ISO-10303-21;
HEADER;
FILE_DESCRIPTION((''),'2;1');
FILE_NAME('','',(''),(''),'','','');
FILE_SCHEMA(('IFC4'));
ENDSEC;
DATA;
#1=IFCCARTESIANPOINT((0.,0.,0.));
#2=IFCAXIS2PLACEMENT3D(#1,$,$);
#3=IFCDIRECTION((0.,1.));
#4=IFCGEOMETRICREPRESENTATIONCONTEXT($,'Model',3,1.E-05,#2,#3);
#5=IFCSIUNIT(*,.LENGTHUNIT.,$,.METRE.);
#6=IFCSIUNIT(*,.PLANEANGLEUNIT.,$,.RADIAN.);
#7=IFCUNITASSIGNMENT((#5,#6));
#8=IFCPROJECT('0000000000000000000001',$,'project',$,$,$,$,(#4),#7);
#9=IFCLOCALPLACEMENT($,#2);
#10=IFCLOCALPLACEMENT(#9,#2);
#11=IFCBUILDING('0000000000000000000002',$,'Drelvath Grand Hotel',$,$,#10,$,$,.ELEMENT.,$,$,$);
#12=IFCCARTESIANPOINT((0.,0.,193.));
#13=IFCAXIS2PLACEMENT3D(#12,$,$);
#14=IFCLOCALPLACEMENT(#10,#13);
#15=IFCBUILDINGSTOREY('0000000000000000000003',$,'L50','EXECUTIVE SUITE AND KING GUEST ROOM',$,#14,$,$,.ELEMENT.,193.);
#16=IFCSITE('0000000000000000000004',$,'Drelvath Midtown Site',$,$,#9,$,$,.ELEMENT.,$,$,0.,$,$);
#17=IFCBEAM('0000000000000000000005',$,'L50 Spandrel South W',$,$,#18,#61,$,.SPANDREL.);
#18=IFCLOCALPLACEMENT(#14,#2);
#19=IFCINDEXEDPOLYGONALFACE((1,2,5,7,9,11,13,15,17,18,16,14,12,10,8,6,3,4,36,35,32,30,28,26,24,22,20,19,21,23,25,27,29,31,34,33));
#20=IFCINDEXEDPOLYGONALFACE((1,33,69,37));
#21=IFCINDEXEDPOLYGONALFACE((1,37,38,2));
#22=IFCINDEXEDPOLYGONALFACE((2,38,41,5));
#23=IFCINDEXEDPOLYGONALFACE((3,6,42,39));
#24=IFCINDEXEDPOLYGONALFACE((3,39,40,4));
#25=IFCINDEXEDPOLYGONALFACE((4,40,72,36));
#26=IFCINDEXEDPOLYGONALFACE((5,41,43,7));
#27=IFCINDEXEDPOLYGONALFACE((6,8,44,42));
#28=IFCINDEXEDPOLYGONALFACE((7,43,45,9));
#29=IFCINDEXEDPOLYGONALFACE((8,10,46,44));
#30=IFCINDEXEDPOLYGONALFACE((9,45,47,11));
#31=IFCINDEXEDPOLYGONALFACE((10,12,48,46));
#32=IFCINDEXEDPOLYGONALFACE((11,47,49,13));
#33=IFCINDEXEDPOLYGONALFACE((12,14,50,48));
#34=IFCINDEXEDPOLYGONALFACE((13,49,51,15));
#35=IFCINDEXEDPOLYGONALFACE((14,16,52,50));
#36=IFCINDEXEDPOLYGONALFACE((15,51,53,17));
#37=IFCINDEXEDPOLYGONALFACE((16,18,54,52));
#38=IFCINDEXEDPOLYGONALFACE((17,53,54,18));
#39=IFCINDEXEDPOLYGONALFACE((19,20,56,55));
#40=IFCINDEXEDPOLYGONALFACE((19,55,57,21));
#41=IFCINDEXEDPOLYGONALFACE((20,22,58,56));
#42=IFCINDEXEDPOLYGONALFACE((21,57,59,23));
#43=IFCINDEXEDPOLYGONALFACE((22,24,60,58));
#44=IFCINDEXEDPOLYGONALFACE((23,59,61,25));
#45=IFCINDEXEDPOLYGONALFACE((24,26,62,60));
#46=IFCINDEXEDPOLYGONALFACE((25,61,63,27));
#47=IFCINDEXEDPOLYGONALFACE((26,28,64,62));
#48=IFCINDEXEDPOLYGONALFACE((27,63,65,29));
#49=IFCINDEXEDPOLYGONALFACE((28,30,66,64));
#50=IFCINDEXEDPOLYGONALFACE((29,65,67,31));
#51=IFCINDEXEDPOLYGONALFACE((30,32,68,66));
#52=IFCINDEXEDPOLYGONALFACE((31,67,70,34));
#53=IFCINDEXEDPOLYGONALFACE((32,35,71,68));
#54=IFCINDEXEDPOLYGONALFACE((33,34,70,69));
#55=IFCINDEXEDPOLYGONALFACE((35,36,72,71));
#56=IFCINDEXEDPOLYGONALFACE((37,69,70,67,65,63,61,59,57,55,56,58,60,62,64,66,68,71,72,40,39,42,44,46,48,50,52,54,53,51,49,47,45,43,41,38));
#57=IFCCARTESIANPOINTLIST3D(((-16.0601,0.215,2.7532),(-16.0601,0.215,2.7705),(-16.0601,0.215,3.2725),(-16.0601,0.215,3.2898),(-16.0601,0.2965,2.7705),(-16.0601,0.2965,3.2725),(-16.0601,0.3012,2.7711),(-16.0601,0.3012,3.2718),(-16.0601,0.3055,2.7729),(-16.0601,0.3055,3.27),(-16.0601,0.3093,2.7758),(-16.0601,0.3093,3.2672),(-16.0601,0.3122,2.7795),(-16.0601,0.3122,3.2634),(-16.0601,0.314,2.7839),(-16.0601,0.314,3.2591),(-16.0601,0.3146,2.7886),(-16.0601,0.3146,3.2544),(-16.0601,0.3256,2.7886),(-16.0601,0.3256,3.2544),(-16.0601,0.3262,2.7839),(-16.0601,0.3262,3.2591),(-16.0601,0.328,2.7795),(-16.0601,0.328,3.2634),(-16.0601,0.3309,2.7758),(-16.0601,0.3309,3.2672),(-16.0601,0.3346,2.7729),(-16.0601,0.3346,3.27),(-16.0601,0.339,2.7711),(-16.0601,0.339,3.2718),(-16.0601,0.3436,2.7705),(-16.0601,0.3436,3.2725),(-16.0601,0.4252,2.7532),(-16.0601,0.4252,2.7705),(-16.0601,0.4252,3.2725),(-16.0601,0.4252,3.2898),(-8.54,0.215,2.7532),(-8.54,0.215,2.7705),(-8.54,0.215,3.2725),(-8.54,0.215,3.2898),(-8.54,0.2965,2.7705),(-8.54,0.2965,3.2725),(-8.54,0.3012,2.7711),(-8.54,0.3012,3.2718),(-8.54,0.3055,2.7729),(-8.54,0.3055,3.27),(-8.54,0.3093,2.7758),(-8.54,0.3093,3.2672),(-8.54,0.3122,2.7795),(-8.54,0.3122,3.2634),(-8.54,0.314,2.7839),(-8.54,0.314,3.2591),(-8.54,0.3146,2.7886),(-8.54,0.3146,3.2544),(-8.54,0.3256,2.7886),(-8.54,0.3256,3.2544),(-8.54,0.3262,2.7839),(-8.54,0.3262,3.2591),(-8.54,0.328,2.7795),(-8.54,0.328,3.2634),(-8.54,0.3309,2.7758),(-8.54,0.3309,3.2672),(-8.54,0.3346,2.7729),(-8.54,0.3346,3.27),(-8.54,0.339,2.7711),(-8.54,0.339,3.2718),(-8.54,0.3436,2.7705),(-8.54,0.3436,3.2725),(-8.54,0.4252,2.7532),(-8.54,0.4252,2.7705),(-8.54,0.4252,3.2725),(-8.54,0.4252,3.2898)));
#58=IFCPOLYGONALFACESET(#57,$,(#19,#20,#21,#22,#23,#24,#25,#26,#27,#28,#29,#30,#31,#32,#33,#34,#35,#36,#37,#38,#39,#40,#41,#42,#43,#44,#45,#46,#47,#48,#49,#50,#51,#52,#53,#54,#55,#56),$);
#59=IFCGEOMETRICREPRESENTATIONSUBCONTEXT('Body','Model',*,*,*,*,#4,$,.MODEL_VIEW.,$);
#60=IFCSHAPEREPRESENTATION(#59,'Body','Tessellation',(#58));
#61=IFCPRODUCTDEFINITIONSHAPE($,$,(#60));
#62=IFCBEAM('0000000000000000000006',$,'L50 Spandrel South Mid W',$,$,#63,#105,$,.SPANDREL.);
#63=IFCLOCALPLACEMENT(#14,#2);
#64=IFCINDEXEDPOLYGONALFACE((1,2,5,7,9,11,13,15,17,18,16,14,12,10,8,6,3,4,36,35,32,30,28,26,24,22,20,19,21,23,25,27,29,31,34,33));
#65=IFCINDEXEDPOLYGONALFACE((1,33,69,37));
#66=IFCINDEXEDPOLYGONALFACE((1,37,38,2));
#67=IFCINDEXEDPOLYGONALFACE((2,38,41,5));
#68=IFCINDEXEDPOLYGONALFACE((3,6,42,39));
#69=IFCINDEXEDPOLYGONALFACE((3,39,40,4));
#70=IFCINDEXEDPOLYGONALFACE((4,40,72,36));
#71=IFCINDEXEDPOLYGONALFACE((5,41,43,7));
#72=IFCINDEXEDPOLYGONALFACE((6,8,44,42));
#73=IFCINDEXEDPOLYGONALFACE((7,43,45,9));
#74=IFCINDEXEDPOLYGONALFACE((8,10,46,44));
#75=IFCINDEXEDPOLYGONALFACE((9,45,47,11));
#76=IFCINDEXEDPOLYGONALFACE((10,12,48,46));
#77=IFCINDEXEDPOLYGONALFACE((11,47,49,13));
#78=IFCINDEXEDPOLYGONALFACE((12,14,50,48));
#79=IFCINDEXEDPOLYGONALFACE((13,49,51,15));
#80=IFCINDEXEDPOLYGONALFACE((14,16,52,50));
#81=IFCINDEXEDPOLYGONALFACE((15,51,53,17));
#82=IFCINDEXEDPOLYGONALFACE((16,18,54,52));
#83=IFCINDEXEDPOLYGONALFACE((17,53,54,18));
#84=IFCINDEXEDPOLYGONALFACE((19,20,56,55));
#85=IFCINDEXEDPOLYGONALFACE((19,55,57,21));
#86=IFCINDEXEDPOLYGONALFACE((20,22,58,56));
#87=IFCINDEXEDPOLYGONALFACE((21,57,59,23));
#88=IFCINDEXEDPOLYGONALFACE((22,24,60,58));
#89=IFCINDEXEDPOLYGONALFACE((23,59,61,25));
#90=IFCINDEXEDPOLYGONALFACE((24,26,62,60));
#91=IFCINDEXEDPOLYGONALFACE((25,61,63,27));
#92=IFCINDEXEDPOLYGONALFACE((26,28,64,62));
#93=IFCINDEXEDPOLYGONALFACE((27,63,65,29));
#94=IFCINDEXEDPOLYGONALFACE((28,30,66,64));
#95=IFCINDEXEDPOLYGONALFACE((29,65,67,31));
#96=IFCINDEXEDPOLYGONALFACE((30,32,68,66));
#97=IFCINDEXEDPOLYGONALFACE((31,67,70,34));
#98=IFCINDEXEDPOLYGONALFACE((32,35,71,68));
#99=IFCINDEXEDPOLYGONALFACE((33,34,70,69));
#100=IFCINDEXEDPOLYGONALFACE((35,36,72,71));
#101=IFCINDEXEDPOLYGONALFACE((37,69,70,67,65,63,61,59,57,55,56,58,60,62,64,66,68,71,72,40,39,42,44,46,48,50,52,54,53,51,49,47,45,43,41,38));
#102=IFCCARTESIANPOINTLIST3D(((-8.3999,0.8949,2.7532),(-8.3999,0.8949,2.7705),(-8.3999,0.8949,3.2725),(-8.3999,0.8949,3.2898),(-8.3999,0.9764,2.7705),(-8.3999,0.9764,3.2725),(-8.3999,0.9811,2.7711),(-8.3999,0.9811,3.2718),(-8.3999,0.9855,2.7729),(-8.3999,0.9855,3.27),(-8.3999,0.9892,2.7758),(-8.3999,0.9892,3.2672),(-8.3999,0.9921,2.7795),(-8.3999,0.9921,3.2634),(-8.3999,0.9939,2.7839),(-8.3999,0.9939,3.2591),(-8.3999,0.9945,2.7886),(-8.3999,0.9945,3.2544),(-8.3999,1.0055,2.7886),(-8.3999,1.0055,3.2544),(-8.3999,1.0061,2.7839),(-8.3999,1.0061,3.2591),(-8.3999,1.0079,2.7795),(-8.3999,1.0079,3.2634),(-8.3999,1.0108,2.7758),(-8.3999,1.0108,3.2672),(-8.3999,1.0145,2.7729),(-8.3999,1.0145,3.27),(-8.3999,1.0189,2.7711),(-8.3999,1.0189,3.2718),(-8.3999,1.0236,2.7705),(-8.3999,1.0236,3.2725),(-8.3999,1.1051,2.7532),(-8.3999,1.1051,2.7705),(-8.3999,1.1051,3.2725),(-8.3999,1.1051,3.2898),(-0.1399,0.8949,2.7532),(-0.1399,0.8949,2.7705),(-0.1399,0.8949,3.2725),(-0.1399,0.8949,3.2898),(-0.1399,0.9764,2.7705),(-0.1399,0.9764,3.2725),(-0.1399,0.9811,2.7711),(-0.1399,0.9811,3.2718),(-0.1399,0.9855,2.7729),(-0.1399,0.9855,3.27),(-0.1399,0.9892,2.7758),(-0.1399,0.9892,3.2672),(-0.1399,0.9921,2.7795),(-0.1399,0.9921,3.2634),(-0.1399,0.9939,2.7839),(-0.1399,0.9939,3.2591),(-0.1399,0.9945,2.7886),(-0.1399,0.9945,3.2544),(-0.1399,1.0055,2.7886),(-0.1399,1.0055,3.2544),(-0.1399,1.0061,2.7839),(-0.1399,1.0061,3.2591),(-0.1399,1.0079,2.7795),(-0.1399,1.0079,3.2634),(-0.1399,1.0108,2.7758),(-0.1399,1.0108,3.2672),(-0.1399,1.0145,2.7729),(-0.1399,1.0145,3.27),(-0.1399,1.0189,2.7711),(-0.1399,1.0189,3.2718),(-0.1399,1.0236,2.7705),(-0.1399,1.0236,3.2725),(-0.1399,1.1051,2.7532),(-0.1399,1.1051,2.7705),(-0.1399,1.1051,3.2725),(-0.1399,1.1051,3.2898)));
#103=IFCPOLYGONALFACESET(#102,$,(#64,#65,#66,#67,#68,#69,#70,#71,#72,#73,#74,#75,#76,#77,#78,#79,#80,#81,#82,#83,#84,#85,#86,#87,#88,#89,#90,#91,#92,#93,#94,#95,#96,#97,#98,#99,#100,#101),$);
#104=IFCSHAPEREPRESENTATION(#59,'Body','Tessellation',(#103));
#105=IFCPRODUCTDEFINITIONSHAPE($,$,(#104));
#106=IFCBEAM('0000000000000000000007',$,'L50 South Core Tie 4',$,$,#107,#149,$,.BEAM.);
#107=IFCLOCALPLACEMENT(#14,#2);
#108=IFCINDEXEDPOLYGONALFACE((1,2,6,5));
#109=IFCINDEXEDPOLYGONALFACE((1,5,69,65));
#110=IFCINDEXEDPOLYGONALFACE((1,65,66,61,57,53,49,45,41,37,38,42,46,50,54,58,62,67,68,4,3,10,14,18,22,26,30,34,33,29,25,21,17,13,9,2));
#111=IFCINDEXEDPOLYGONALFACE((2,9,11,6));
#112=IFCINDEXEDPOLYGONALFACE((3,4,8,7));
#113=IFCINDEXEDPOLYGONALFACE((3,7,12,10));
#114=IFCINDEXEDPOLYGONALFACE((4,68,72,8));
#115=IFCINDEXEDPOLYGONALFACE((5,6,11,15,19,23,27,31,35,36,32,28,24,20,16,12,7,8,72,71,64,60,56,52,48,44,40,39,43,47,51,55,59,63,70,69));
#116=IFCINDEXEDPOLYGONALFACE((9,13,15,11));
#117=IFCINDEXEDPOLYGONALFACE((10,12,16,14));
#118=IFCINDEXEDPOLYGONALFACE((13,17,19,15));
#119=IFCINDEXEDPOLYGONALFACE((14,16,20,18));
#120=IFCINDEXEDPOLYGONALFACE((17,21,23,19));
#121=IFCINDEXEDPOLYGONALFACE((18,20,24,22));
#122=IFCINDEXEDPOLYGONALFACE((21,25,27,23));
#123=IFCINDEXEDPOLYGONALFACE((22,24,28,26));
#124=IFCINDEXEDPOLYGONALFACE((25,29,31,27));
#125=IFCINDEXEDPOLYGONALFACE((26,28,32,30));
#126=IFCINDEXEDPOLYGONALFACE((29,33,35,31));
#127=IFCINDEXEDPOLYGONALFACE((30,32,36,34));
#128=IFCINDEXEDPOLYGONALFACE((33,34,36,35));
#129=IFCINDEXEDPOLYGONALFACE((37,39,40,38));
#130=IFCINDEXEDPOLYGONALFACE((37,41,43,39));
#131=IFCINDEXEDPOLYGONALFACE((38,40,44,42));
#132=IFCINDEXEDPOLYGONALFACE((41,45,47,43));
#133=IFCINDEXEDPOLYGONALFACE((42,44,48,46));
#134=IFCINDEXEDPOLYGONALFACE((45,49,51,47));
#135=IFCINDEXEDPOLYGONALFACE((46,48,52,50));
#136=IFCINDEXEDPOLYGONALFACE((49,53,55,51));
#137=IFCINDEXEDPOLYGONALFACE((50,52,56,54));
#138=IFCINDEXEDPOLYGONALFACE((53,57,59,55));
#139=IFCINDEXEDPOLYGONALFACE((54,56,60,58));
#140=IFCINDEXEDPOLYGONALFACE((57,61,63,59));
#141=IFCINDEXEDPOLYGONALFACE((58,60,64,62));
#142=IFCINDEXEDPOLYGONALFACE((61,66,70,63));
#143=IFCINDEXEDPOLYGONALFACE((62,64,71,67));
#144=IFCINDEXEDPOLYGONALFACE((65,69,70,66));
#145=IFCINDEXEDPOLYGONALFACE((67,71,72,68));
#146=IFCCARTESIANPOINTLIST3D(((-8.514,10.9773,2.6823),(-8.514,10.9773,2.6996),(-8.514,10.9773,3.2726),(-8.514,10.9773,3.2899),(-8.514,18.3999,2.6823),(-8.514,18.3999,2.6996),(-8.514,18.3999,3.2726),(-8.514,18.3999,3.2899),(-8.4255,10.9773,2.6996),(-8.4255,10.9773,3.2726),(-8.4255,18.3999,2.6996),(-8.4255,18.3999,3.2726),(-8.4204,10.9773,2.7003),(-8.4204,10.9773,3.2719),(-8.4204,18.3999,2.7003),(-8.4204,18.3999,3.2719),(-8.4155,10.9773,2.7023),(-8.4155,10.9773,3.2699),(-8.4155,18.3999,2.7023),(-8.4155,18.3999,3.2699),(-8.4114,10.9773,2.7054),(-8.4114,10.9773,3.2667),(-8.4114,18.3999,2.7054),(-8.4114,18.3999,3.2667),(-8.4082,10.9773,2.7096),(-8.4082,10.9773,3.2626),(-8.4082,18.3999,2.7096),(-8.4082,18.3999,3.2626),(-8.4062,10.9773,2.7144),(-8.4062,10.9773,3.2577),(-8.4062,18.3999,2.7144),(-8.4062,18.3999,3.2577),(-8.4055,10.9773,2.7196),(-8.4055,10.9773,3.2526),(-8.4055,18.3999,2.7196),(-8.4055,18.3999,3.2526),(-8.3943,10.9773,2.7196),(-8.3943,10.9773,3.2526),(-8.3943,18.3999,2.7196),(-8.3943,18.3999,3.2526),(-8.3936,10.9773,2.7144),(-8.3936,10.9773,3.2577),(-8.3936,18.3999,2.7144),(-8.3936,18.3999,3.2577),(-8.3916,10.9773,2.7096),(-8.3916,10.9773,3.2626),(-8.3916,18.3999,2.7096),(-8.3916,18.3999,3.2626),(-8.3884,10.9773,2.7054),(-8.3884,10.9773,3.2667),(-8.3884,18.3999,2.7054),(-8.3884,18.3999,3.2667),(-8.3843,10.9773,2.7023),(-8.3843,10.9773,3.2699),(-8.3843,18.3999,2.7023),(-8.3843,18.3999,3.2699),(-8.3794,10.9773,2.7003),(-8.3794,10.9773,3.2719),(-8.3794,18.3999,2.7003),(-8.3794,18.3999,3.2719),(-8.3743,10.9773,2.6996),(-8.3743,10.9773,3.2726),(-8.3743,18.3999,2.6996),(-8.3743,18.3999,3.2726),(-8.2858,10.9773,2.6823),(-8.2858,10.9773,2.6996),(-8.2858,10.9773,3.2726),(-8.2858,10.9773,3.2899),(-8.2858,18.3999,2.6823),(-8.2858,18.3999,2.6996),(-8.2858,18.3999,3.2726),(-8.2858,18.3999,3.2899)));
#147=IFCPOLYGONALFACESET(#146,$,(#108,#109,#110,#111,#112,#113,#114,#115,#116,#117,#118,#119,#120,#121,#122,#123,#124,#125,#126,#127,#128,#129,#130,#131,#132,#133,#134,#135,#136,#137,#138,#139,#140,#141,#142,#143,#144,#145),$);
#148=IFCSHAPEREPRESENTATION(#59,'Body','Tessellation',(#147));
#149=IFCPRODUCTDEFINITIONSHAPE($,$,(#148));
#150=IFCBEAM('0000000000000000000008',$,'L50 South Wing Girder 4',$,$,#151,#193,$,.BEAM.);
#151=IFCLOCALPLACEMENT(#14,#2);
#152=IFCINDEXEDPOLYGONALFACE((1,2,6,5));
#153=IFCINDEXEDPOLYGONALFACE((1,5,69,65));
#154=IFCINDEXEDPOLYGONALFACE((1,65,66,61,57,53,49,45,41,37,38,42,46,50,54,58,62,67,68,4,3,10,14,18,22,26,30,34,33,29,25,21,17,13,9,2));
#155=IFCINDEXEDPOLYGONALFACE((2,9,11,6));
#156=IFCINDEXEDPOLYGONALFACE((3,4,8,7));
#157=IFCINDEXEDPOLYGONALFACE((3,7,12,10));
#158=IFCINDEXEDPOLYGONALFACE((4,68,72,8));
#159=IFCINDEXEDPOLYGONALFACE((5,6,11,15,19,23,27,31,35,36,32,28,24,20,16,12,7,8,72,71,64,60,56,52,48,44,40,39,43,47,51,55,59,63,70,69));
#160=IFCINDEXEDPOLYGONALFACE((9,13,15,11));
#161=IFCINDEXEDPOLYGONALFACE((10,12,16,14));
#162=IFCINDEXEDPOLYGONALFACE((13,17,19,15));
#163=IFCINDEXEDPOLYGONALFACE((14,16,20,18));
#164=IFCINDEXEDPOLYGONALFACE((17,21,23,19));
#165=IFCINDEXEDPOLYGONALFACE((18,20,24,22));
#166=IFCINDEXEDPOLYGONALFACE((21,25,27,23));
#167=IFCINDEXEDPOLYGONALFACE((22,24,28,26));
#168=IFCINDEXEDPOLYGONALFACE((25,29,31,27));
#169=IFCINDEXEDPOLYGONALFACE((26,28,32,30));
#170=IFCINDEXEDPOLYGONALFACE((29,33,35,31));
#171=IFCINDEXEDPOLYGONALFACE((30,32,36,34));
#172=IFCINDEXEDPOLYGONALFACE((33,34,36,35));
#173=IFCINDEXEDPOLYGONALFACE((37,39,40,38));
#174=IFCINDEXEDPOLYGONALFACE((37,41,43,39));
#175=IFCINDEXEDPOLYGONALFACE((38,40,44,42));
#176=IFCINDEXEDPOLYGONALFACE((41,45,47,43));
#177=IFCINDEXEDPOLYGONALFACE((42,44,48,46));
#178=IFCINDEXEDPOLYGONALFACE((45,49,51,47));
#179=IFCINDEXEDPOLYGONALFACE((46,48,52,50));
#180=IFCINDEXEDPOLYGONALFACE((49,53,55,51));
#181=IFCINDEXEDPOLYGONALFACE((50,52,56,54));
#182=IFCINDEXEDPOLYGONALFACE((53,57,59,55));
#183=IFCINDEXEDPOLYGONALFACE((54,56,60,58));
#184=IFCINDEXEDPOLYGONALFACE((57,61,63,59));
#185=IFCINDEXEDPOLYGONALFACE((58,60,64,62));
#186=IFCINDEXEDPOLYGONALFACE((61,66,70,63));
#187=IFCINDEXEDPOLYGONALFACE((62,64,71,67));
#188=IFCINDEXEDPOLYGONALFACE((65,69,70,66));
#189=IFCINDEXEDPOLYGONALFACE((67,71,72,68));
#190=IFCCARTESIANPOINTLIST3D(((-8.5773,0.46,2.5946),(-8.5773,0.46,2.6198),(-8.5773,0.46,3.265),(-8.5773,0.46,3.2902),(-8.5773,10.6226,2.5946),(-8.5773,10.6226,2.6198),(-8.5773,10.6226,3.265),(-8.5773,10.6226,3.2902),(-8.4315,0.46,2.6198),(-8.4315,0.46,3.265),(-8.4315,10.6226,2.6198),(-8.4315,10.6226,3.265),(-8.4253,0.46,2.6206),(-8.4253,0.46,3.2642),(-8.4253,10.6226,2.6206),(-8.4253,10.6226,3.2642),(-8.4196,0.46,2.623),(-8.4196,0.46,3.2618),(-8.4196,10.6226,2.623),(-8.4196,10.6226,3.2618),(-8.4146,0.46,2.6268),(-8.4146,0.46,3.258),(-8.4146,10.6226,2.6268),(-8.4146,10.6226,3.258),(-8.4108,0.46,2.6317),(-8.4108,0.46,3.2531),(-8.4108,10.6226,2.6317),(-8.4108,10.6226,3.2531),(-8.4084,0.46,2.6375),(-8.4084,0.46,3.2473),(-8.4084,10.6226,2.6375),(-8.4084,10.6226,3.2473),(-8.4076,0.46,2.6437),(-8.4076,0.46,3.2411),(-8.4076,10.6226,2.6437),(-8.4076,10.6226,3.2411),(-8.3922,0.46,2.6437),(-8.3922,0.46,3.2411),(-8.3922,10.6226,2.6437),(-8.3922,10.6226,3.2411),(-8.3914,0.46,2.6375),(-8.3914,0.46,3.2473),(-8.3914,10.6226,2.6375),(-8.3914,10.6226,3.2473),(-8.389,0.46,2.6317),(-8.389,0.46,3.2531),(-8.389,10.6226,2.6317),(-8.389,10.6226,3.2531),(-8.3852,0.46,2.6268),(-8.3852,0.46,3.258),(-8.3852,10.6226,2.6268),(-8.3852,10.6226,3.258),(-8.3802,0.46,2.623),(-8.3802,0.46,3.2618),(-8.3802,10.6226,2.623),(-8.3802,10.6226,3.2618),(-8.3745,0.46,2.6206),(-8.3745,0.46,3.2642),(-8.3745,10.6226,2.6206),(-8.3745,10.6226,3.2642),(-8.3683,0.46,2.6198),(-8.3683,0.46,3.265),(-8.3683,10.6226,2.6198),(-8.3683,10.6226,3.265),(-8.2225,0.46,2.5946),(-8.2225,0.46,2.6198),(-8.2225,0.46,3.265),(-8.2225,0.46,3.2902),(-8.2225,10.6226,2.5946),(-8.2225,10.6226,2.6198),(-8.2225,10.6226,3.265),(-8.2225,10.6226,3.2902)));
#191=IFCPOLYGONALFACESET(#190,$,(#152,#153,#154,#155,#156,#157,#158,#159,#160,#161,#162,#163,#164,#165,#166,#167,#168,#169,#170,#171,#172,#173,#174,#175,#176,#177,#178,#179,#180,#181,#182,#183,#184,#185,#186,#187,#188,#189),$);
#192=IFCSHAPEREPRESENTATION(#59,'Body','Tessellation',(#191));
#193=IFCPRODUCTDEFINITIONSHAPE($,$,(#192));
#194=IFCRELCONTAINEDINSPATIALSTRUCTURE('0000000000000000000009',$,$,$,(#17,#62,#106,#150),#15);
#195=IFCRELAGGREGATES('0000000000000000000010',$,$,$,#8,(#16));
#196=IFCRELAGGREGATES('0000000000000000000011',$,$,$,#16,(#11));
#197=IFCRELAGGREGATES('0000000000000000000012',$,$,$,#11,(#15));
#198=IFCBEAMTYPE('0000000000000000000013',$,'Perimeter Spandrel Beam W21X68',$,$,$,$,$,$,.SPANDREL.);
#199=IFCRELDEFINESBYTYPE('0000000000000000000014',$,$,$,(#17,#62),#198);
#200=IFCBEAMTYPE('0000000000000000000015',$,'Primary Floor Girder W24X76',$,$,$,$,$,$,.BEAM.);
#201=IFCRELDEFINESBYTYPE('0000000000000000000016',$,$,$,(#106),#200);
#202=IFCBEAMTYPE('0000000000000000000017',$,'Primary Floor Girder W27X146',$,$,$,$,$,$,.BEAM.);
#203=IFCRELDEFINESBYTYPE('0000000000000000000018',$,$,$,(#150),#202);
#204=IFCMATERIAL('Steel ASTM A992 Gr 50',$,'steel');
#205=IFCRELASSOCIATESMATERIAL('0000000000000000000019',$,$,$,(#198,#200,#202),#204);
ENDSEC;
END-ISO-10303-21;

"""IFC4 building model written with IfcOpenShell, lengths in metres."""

from ifc_helpers import new_model, si_unit, direction, frame, origin, origin_2d, place, context, subcontext, project, spatial, i_section, extrude, material, material_profile, profile_set, type_object, element, save


model = new_model("IFC4")

# Units and contexts
model_context = context("Model", 3, precision=1e-05, world=origin(), true_north=direction((0.0, 1.0)))
body_context = subcontext(model_context, "Body", "Model", "MODEL_VIEW")
ifc_project = project(units=[si_unit("LENGTHUNIT", "METRE"), si_unit("PLANEANGLEUNIT", "RADIAN")], contexts=[model_context])

# Site, building, storey
site_placement = place(None, origin())
site = spatial("IfcSite", under=ifc_project, at=site_placement, Name="Drelvath Midtown Site", CompositionType="ELEMENT", RefElevation=0.0)
building_placement = place(site_placement, origin())
building = spatial("IfcBuilding", under=site, at=building_placement, Name="Drelvath Grand Hotel", CompositionType="ELEMENT")
storey_placement = place(building_placement, frame((0.0, 0.0, 193.0)))
storey = spatial("IfcBuildingStorey", under=building, at=storey_placement, Name="L50", Description="EXECUTIVE SUITE AND KING GUEST ROOM", CompositionType="ELEMENT", Elevation=193.0)

# Shared definitions
ifc_material_1 = material(Name="Steel ASTM A992 Gr 50", Category="steel")

# Beams
ifc_material_profile_1 = material_profile(ifc_material_1, i_section(OverallWidth=0.2102, OverallDepth=0.5366, WebThickness=0.011, FlangeThickness=0.0173, FilletRadius=0.0181, at=origin_2d()), Name="W21X68")
ifc_profile_set_1 = profile_set([ifc_material_profile_1], Name="Steel ASTM A992 Gr 50")
beam_type_1 = type_object("IfcBeamType", Name="Perimeter Spandrel Beam W21X68", PredefinedType="SPANDREL", material=ifc_profile_set_1)
beam_1_placement = place(storey_placement, frame((-16.0601, 0.3201, 3.0215), z_axis=(1.0, 0.0, 0.0), x_axis=(0.0, 1.0, 0.0)))
element("IfcBeam", 1, at=beam_1_placement, inside=storey, type_object=beam_type_1, Name="L50 Spandrel South W", PredefinedType="SPANDREL", context=body_context, shape_type="SweptSolid", body=[
    extrude(i_section(OverallWidth=0.2102, OverallDepth=0.5366, WebThickness=0.011, FlangeThickness=0.0173, FilletRadius=0.0181, at=origin_2d()), origin(), (0.0, 0.0, 1.0), 7.52),
])
beam_2_placement = place(storey_placement, frame((-8.3999, 1.0, 3.0215), z_axis=(1.0, 0.0, 0.0), x_axis=(0.0, 1.0, 0.0)))
element("IfcBeam", 2, at=beam_2_placement, inside=storey, type_object=beam_type_1, Name="L50 Spandrel South Mid W", PredefinedType="SPANDREL", context=body_context, shape_type="SweptSolid", body=[
    extrude(i_section(OverallWidth=0.2102, OverallDepth=0.5366, WebThickness=0.011, FlangeThickness=0.0173, FilletRadius=0.0181, at=origin_2d()), origin(), (0.0, 0.0, 1.0), 8.26),
])
ifc_material_profile_2 = material_profile(ifc_material_1, i_section(OverallWidth=0.2283, OverallDepth=0.6077, WebThickness=0.0112, FlangeThickness=0.0173, FilletRadius=0.02, at=origin_2d()), Name="W24X76")
ifc_profile_set_2 = profile_set([ifc_material_profile_2], Name="Steel ASTM A992 Gr 50")
beam_type_2 = type_object("IfcBeamType", Name="Primary Floor Girder W24X76", PredefinedType="BEAM", material=ifc_profile_set_2)
beam_3_placement = place(storey_placement, frame((-8.3999, 10.9773, 2.9861), z_axis=(0.0, 1.0, 0.0), x_axis=(-1.0, 0.0, 0.0)))
element("IfcBeam", 3, at=beam_3_placement, inside=storey, type_object=beam_type_2, Name="L50 South Core Tie 4", PredefinedType="BEAM", context=body_context, shape_type="SweptSolid", body=[
    extrude(i_section(OverallWidth=0.2283, OverallDepth=0.6077, WebThickness=0.0112, FlangeThickness=0.0173, FilletRadius=0.02, at=origin_2d()), origin(), (0.0, 0.0, 1.0), 7.4226),
])
ifc_material_profile_3 = material_profile(ifc_material_1, i_section(OverallWidth=0.3547, OverallDepth=0.6956, WebThickness=0.0154, FlangeThickness=0.0251, FilletRadius=0.0239, at=origin_2d()), Name="W27X146")
ifc_profile_set_3 = profile_set([ifc_material_profile_3], Name="Steel ASTM A992 Gr 50")
beam_type_3 = type_object("IfcBeamType", Name="Primary Floor Girder W27X146", PredefinedType="BEAM", material=ifc_profile_set_3)
beam_4_placement = place(storey_placement, frame((-8.3999, 0.46, 2.9424), z_axis=(0.0, 1.0, 0.0), x_axis=(-1.0, 0.0, 0.0)))
element("IfcBeam", 4, at=beam_4_placement, inside=storey, type_object=beam_type_3, Name="L50 South Wing Girder 4", PredefinedType="BEAM", context=body_context, shape_type="SweptSolid", body=[
    extrude(i_section(OverallWidth=0.3547, OverallDepth=0.6956, WebThickness=0.0154, FlangeThickness=0.0251, FilletRadius=0.0239, at=origin_2d()), origin(), (0.0, 0.0, 1.0), 10.1626),
])

save(model, "model.ifc")
